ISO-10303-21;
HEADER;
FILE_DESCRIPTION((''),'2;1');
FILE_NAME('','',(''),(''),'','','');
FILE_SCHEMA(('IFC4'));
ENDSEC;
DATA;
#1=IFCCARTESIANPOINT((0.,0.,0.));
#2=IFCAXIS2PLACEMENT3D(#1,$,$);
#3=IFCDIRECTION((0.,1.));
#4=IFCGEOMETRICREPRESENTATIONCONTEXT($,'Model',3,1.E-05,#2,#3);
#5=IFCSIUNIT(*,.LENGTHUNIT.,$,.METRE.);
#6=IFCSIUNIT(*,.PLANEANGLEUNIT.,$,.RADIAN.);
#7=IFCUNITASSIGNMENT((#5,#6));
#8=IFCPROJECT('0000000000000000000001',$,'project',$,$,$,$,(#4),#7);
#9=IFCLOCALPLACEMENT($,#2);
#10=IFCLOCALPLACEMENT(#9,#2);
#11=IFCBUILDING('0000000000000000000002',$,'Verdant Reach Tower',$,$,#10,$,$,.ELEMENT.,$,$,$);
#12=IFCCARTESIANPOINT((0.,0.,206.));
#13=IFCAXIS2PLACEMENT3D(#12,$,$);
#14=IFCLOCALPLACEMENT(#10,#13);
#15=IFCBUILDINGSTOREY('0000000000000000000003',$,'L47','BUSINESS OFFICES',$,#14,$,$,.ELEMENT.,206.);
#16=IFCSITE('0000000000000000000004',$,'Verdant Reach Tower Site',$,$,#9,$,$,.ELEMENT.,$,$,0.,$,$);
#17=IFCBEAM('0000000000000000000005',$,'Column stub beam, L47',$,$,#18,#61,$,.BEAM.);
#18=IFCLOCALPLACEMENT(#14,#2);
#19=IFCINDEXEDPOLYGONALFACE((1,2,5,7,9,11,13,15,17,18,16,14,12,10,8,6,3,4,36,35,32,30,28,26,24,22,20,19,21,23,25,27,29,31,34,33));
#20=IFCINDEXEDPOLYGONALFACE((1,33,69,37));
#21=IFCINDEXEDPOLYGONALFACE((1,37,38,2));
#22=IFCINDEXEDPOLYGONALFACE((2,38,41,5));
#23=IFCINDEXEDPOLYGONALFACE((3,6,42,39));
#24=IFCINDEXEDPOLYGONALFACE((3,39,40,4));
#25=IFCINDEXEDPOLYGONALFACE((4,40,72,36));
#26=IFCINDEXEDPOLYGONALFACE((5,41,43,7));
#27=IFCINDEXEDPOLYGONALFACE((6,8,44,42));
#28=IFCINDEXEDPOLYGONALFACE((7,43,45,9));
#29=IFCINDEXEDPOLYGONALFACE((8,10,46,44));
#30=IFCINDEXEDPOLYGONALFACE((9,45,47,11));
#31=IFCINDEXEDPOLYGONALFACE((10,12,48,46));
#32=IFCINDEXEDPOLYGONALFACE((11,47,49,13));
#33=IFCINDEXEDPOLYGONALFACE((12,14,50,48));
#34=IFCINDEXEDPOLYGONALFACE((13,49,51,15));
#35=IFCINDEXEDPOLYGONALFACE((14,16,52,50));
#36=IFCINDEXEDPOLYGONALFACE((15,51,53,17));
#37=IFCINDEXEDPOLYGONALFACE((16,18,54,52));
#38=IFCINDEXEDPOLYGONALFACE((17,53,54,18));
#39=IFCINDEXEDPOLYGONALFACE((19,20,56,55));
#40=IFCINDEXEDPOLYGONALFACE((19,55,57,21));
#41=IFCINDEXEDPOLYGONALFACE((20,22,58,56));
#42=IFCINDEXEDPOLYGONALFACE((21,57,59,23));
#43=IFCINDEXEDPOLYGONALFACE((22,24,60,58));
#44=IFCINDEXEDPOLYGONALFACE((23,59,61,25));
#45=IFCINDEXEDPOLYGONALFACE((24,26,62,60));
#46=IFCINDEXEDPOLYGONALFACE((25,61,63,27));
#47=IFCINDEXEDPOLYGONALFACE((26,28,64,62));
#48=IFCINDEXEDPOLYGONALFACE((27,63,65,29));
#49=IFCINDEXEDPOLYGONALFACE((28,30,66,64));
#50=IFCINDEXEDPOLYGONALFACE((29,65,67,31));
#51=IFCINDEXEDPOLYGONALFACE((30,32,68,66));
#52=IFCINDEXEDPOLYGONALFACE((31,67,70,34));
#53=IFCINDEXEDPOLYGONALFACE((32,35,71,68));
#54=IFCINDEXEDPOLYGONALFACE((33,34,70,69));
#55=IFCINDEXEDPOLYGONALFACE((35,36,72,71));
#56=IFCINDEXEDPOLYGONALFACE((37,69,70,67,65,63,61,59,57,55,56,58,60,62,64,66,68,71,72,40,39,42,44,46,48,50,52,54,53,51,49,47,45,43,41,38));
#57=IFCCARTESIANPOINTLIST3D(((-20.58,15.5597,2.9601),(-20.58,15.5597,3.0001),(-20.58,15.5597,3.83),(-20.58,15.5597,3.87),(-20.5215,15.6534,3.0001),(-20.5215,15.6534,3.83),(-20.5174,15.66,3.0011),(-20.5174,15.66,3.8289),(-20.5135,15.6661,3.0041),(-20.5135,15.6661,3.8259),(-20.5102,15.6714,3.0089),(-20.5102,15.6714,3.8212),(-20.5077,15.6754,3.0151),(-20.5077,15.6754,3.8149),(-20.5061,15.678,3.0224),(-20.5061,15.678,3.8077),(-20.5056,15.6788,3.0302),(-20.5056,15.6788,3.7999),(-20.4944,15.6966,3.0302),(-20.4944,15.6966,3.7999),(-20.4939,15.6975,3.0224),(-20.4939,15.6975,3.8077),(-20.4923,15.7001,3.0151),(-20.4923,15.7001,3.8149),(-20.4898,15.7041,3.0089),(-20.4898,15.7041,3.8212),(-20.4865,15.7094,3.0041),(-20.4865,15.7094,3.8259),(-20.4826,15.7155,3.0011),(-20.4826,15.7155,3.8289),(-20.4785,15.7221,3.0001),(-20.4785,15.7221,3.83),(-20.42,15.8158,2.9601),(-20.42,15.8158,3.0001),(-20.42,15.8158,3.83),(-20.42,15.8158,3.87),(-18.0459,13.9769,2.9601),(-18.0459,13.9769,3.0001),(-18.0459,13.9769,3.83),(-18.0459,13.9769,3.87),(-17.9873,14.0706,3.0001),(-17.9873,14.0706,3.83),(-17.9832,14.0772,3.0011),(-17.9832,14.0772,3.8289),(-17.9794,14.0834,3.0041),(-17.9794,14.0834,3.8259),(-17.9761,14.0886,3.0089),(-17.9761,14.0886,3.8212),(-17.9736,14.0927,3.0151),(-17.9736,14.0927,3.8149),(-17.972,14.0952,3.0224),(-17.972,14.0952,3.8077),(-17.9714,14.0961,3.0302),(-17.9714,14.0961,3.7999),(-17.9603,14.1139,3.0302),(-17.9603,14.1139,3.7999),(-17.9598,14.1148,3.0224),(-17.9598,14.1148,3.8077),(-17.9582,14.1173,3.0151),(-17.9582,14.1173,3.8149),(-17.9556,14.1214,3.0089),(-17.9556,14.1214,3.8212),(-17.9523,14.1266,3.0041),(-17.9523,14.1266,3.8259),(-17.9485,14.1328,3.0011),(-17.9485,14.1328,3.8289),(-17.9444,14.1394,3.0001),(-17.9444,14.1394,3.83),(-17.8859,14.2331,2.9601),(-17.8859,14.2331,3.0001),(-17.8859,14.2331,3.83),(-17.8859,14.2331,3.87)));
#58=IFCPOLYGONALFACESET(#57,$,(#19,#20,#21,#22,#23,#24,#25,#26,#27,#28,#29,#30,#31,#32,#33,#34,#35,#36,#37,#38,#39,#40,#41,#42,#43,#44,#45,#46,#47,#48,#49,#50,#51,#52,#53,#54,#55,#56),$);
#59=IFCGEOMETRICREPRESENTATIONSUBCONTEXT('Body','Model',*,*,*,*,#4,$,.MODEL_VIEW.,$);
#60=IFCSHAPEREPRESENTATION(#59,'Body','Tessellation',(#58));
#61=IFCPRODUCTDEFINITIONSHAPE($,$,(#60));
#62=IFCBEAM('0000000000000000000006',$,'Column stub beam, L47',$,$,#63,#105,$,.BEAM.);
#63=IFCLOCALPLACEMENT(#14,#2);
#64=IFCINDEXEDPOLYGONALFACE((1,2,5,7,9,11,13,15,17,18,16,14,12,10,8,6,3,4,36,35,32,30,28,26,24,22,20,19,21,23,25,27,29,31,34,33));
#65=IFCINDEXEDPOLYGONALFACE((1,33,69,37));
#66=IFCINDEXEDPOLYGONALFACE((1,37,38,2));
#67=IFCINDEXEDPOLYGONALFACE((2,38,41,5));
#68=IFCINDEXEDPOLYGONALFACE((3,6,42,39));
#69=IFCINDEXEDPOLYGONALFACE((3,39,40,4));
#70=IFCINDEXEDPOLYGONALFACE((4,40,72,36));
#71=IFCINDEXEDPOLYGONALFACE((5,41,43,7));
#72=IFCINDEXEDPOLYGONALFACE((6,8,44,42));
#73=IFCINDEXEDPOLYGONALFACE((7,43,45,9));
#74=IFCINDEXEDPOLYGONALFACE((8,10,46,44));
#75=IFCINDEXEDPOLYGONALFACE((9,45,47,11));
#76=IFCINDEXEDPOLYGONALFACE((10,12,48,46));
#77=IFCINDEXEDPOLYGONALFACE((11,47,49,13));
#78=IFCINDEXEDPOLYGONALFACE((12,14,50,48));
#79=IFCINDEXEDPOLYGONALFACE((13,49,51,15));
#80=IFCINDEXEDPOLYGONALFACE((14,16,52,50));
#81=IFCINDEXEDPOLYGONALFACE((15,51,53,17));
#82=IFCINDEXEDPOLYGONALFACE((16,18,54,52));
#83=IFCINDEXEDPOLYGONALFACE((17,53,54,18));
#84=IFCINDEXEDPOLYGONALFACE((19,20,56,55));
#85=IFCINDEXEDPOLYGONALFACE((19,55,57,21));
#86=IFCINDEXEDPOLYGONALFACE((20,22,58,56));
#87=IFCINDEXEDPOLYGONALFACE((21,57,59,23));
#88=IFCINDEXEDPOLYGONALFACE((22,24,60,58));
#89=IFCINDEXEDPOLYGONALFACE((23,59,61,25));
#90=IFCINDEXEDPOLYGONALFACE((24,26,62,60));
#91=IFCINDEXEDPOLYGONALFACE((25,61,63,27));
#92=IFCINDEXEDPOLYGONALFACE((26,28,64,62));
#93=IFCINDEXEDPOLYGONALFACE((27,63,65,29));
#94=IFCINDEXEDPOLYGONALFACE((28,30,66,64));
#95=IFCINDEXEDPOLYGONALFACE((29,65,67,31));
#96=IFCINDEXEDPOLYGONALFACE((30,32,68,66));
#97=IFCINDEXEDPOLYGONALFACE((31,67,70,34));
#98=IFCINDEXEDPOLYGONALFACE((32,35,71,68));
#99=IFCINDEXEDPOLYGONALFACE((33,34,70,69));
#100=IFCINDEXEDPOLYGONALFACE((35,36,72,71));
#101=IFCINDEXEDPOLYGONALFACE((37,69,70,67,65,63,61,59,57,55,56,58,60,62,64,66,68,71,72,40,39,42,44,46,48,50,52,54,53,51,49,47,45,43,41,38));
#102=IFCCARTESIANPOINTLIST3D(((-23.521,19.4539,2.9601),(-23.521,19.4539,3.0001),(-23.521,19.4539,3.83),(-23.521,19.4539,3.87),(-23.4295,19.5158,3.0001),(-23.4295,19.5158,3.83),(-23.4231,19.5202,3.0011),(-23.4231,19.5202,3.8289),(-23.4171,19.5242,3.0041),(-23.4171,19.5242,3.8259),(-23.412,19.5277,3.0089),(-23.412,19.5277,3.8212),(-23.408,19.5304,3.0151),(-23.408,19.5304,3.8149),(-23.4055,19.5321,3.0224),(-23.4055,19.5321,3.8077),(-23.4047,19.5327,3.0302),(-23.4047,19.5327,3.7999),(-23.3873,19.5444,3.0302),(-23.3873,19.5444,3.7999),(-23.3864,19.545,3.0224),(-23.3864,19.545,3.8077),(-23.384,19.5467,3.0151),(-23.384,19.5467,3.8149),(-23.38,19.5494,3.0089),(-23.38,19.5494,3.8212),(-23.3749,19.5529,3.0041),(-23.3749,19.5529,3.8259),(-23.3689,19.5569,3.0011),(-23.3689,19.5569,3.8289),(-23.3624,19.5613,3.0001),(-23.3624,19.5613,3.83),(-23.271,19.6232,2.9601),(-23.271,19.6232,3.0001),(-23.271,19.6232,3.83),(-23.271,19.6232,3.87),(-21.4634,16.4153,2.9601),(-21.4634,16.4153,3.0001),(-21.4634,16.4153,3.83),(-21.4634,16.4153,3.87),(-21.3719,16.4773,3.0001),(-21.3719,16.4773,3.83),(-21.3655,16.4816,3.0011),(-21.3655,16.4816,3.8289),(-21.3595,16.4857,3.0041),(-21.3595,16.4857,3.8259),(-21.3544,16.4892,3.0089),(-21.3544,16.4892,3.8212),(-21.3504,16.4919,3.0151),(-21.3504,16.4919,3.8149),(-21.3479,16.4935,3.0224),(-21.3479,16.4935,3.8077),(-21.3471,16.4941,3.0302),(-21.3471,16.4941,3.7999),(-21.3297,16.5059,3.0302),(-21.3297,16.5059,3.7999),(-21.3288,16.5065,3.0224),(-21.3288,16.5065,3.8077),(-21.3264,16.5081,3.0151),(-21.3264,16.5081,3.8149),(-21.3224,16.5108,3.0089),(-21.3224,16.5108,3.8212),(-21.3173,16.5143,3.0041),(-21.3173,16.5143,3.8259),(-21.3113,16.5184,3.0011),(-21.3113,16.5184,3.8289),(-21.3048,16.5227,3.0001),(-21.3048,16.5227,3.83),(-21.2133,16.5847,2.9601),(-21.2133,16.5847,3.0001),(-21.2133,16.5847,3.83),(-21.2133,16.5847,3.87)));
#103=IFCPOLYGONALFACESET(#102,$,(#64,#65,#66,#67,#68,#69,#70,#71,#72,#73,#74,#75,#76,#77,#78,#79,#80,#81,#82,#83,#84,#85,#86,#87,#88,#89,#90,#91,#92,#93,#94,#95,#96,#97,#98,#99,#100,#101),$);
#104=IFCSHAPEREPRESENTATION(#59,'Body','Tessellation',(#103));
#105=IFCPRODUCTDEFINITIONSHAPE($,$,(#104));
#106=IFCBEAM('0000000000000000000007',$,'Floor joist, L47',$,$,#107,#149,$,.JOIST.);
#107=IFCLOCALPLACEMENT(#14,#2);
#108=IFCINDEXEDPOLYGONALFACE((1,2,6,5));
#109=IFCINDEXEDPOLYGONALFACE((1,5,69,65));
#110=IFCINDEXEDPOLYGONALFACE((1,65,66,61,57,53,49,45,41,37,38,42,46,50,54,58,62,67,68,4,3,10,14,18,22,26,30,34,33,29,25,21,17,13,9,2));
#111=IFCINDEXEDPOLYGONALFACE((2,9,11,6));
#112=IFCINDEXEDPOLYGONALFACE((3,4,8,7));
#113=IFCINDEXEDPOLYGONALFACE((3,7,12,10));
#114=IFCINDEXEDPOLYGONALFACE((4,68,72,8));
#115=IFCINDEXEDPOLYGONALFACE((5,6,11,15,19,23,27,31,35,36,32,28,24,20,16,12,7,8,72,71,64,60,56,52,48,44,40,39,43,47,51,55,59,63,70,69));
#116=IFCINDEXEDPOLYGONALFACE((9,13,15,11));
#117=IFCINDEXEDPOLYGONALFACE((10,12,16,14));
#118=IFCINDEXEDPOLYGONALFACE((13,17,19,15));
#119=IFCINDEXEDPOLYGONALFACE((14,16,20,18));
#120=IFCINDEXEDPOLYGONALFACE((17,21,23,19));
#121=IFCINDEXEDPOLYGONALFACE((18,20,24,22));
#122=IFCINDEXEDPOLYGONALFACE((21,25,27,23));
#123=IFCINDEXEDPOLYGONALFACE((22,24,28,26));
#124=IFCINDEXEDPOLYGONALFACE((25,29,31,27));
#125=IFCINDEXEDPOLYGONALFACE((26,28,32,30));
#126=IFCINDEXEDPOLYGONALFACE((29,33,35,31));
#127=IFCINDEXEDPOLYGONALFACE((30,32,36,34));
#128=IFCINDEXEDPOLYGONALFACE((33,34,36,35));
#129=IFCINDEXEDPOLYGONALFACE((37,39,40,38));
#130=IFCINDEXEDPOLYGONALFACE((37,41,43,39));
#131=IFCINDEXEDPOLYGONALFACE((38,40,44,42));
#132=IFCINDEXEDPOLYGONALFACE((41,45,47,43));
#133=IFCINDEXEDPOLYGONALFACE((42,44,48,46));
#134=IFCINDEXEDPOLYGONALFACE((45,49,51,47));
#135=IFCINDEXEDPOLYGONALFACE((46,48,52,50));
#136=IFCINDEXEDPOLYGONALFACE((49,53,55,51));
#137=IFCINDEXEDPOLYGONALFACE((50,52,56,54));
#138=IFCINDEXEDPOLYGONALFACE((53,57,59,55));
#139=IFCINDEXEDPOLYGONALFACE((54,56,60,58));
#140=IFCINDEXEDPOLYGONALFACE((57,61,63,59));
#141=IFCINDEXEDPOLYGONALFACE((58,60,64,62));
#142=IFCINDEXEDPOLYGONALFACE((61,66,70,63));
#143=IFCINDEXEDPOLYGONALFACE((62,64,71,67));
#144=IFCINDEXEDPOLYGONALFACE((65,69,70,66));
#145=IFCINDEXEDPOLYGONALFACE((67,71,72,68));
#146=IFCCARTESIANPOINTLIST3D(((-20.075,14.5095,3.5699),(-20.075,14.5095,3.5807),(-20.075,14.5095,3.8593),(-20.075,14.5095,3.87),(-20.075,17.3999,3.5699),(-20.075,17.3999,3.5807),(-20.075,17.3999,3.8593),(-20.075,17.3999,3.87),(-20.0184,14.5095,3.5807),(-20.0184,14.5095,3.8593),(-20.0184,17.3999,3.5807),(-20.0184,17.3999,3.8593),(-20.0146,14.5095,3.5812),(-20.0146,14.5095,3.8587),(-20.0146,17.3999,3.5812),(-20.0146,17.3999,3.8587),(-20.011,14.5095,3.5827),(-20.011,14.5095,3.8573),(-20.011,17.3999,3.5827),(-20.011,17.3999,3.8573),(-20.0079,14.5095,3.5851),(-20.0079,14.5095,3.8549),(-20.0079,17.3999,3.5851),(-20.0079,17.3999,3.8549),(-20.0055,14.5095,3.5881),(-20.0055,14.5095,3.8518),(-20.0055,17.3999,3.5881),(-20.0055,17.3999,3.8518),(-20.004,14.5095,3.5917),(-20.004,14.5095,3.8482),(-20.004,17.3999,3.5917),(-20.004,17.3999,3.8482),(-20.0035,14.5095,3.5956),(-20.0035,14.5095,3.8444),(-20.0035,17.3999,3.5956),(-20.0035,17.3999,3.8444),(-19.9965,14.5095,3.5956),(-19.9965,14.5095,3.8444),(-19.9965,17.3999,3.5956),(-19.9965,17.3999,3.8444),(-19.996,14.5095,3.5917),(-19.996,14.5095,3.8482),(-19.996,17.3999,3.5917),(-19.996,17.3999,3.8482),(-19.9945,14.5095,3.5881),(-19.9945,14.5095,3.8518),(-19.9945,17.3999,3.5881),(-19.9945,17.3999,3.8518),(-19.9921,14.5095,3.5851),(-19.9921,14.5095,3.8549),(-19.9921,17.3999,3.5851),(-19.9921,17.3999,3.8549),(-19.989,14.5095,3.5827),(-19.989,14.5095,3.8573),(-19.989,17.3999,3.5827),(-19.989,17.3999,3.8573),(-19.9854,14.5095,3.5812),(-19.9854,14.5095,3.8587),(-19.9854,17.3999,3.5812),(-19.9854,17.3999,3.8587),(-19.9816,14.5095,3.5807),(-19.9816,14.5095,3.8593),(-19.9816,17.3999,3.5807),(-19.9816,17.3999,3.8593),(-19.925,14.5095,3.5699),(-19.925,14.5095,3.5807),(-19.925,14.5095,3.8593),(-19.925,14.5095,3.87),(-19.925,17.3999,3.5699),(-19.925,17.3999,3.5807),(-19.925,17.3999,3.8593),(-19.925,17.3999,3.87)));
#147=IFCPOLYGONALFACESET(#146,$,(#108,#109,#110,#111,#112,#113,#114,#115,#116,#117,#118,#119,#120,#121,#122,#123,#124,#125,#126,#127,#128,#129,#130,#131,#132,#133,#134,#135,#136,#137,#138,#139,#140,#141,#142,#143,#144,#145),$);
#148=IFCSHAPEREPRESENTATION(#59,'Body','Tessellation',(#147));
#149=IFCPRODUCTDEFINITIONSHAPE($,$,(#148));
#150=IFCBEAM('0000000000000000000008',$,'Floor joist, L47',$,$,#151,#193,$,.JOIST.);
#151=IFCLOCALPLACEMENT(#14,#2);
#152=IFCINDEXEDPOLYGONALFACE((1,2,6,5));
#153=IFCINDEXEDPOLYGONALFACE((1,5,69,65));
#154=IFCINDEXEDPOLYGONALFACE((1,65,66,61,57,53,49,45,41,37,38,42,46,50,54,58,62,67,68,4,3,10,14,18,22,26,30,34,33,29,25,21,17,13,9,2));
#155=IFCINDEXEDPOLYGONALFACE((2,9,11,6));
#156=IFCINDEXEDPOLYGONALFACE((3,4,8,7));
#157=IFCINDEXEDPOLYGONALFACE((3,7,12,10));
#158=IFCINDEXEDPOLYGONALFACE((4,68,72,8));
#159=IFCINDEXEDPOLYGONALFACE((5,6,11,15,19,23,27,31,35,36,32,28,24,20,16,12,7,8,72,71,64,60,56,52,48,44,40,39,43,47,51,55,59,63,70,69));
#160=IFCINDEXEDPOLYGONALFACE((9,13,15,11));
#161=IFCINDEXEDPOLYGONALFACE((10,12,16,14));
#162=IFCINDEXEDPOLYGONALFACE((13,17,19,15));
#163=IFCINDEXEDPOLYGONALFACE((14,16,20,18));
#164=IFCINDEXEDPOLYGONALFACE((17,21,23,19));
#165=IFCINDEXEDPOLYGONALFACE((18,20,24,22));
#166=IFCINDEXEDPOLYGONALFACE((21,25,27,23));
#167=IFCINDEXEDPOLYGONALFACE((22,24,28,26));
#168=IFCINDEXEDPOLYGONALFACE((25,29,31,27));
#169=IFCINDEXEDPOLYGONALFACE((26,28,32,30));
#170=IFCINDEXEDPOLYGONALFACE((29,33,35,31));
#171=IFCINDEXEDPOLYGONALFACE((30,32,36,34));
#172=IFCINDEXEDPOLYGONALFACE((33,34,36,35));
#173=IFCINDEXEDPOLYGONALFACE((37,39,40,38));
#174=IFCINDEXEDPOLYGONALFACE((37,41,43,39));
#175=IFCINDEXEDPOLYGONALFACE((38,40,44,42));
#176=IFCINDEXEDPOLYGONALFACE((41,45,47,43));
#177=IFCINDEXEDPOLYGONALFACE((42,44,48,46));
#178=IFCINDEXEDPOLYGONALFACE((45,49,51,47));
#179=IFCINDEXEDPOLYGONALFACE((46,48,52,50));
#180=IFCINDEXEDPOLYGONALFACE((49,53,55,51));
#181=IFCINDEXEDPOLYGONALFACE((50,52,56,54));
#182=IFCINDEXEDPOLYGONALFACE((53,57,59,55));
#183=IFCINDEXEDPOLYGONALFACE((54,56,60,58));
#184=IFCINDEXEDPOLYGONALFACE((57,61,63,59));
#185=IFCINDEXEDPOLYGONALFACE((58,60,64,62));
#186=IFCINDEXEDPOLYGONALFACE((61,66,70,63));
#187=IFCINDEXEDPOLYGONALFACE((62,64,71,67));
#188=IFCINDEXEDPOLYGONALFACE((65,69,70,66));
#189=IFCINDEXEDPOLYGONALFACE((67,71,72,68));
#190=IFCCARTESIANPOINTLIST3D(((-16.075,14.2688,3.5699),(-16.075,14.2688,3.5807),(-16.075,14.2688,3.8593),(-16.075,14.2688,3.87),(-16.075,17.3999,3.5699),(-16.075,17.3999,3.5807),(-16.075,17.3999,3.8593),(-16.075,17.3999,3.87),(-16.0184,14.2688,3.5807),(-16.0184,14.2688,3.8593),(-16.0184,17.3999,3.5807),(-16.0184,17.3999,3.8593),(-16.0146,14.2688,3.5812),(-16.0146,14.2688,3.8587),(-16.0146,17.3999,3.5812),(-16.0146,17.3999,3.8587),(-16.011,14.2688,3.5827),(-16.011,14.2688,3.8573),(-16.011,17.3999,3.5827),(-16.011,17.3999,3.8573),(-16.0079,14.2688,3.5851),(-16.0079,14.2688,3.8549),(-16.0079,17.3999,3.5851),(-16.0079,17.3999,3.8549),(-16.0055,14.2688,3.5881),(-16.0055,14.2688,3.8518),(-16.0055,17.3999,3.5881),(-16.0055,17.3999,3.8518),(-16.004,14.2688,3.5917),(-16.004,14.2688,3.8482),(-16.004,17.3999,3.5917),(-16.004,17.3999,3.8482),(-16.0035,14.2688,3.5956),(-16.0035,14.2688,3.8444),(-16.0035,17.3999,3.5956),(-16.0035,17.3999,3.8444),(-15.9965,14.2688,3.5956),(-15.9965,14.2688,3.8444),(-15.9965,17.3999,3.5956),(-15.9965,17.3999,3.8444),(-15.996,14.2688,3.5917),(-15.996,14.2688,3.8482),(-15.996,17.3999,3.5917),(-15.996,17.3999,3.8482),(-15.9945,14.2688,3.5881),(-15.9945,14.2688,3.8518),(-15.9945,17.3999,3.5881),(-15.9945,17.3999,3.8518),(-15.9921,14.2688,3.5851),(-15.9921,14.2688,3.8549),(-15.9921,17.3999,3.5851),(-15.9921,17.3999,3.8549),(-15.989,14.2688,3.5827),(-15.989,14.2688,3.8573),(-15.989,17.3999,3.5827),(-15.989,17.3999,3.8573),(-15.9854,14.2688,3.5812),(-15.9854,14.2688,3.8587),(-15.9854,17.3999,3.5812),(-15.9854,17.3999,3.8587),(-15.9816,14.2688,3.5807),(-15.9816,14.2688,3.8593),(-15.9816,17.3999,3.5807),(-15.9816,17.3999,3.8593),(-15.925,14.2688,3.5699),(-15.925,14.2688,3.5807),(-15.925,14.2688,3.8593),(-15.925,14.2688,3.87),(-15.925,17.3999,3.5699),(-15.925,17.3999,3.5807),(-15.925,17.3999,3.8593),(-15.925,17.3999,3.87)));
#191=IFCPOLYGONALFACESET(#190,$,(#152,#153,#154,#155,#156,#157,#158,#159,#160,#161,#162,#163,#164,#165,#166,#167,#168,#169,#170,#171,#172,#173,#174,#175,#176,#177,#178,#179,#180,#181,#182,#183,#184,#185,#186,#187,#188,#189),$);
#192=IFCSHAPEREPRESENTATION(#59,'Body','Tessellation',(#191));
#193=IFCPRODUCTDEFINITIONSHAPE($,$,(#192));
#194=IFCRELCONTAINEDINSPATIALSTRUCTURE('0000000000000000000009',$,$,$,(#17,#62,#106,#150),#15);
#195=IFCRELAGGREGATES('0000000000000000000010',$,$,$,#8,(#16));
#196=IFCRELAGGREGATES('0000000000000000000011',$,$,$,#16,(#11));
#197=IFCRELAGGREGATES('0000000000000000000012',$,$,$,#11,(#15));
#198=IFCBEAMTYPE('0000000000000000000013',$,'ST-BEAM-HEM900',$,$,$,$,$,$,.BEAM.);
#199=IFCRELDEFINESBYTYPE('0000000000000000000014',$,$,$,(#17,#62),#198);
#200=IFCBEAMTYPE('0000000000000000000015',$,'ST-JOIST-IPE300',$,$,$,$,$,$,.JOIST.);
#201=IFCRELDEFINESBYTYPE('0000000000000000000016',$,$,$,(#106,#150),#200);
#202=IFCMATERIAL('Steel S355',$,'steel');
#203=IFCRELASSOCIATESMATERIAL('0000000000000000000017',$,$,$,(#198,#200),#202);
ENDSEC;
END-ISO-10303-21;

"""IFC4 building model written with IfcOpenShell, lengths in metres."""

from ifc_helpers import new_model, si_unit, direction, frame, origin, origin_2d, place, context, subcontext, project, spatial, i_section, extrude, material, material_profile, profile_set, type_object, element, save


model = new_model("IFC4")

# Units and contexts
model_context = context("Model", 3, precision=1e-05, world=origin(), true_north=direction((0.0, 1.0)))
body_context = subcontext(model_context, "Body", "Model", "MODEL_VIEW")
ifc_project = project(units=[si_unit("LENGTHUNIT", "METRE"), si_unit("PLANEANGLEUNIT", "RADIAN")], contexts=[model_context])

# Site, building, storey
site_placement = place(None, origin())
site = spatial("IfcSite", under=ifc_project, at=site_placement, Name="Verdant Reach Tower Site", CompositionType="ELEMENT", RefElevation=0.0)
building_placement = place(site_placement, origin())
building = spatial("IfcBuilding", under=site, at=building_placement, Name="Verdant Reach Tower", CompositionType="ELEMENT")
storey_placement = place(building_placement, frame((0.0, 0.0, 206.0)))
storey = spatial("IfcBuildingStorey", under=building, at=storey_placement, Name="L47", Description="BUSINESS OFFICES", CompositionType="ELEMENT", Elevation=206.0)

# Beams
ifc_material_1 = material(Name="Steel S355", Category="steel")
ifc_material_profile_1 = material_profile(ifc_material_1, i_section(OverallWidth=0.302, OverallDepth=0.9099, WebThickness=0.021, FlangeThickness=0.04, FilletRadius=0.03, at=origin_2d()), Name="HEM 900")
ifc_profile_set_1 = profile_set([ifc_material_profile_1], Name="Steel S355")
beam_type_1 = type_object("IfcBeamType", Name="ST-BEAM-HEM900", PredefinedType="BEAM", material=ifc_profile_set_1)
beam_1_placement = place(storey_placement, frame((-20.5, 15.6877, 3.415), z_axis=(0.848164, -0.529735, 0.0), x_axis=(0.529735, 0.848164, 0.0)))
element("IfcBeam", 1, at=beam_1_placement, inside=storey, type_object=beam_type_1, Name="Column stub beam, L47", PredefinedType="BEAM", context=body_context, shape_type="SweptSolid", body=[
    extrude(i_section(OverallWidth=0.302, OverallDepth=0.9099, WebThickness=0.021, FlangeThickness=0.04, FilletRadius=0.03, at=origin_2d()), origin(), (0.0, 0.0, 1.0), 2.9878),
])
beam_2_placement = place(storey_placement, frame((-21.3384, 16.5, 3.415), z_axis=(-0.560704, 0.828016, 0.0), x_axis=(-0.828016, -0.560704, 0.0)))
element("IfcBeam", 2, at=beam_2_placement, inside=storey, type_object=beam_type_1, Name="Column stub beam, L47", PredefinedType="BEAM", context=body_context, shape_type="SweptSolid", body=[
    extrude(i_section(OverallWidth=0.302, OverallDepth=0.9099, WebThickness=0.021, FlangeThickness=0.04, FilletRadius=0.03, at=origin_2d()), origin(), (0.0, 0.0, 1.0), 3.6697),
])
ifc_material_profile_2 = material_profile(ifc_material_1, i_section(OverallWidth=0.1499, OverallDepth=0.3, WebThickness=0.0071, FlangeThickness=0.0107, FilletRadius=0.0149, at=origin_2d()), Name="IPE 300")
ifc_profile_set_2 = profile_set([ifc_material_profile_2], Name="Steel S355")
beam_type_2 = type_object("IfcBeamType", Name="ST-JOIST-IPE300", PredefinedType="JOIST", material=ifc_profile_set_2)
beam_3_placement = place(storey_placement, frame((-20.0, 17.3999, 3.72), z_axis=(0.0, -1.0, 0.0), x_axis=(1.0, 0.0, 0.0)))
element("IfcBeam", 3, at=beam_3_placement, inside=storey, type_object=beam_type_2, Name="Floor joist, L47", PredefinedType="JOIST", context=body_context, shape_type="SweptSolid", body=[
    extrude(i_section(OverallWidth=0.1499, OverallDepth=0.3, WebThickness=0.0071, FlangeThickness=0.0107, FilletRadius=0.0149, at=origin_2d()), origin(), (0.0, 0.0, 1.0), 2.8904),
])
beam_4_placement = place(storey_placement, frame((-16.0, 17.3999, 3.72), z_axis=(0.0, -1.0, 0.0), x_axis=(1.0, 0.0, 0.0)))
element("IfcBeam", 4, at=beam_4_placement, inside=storey, type_object=beam_type_2, Name="Floor joist, L47", PredefinedType="JOIST", context=body_context, shape_type="SweptSolid", body=[
    extrude(i_section(OverallWidth=0.1499, OverallDepth=0.3, WebThickness=0.0071, FlangeThickness=0.0107, FilletRadius=0.0149, at=origin_2d()), origin(), (0.0, 0.0, 1.0), 3.1311),
])

save(model, "model.ifc")
